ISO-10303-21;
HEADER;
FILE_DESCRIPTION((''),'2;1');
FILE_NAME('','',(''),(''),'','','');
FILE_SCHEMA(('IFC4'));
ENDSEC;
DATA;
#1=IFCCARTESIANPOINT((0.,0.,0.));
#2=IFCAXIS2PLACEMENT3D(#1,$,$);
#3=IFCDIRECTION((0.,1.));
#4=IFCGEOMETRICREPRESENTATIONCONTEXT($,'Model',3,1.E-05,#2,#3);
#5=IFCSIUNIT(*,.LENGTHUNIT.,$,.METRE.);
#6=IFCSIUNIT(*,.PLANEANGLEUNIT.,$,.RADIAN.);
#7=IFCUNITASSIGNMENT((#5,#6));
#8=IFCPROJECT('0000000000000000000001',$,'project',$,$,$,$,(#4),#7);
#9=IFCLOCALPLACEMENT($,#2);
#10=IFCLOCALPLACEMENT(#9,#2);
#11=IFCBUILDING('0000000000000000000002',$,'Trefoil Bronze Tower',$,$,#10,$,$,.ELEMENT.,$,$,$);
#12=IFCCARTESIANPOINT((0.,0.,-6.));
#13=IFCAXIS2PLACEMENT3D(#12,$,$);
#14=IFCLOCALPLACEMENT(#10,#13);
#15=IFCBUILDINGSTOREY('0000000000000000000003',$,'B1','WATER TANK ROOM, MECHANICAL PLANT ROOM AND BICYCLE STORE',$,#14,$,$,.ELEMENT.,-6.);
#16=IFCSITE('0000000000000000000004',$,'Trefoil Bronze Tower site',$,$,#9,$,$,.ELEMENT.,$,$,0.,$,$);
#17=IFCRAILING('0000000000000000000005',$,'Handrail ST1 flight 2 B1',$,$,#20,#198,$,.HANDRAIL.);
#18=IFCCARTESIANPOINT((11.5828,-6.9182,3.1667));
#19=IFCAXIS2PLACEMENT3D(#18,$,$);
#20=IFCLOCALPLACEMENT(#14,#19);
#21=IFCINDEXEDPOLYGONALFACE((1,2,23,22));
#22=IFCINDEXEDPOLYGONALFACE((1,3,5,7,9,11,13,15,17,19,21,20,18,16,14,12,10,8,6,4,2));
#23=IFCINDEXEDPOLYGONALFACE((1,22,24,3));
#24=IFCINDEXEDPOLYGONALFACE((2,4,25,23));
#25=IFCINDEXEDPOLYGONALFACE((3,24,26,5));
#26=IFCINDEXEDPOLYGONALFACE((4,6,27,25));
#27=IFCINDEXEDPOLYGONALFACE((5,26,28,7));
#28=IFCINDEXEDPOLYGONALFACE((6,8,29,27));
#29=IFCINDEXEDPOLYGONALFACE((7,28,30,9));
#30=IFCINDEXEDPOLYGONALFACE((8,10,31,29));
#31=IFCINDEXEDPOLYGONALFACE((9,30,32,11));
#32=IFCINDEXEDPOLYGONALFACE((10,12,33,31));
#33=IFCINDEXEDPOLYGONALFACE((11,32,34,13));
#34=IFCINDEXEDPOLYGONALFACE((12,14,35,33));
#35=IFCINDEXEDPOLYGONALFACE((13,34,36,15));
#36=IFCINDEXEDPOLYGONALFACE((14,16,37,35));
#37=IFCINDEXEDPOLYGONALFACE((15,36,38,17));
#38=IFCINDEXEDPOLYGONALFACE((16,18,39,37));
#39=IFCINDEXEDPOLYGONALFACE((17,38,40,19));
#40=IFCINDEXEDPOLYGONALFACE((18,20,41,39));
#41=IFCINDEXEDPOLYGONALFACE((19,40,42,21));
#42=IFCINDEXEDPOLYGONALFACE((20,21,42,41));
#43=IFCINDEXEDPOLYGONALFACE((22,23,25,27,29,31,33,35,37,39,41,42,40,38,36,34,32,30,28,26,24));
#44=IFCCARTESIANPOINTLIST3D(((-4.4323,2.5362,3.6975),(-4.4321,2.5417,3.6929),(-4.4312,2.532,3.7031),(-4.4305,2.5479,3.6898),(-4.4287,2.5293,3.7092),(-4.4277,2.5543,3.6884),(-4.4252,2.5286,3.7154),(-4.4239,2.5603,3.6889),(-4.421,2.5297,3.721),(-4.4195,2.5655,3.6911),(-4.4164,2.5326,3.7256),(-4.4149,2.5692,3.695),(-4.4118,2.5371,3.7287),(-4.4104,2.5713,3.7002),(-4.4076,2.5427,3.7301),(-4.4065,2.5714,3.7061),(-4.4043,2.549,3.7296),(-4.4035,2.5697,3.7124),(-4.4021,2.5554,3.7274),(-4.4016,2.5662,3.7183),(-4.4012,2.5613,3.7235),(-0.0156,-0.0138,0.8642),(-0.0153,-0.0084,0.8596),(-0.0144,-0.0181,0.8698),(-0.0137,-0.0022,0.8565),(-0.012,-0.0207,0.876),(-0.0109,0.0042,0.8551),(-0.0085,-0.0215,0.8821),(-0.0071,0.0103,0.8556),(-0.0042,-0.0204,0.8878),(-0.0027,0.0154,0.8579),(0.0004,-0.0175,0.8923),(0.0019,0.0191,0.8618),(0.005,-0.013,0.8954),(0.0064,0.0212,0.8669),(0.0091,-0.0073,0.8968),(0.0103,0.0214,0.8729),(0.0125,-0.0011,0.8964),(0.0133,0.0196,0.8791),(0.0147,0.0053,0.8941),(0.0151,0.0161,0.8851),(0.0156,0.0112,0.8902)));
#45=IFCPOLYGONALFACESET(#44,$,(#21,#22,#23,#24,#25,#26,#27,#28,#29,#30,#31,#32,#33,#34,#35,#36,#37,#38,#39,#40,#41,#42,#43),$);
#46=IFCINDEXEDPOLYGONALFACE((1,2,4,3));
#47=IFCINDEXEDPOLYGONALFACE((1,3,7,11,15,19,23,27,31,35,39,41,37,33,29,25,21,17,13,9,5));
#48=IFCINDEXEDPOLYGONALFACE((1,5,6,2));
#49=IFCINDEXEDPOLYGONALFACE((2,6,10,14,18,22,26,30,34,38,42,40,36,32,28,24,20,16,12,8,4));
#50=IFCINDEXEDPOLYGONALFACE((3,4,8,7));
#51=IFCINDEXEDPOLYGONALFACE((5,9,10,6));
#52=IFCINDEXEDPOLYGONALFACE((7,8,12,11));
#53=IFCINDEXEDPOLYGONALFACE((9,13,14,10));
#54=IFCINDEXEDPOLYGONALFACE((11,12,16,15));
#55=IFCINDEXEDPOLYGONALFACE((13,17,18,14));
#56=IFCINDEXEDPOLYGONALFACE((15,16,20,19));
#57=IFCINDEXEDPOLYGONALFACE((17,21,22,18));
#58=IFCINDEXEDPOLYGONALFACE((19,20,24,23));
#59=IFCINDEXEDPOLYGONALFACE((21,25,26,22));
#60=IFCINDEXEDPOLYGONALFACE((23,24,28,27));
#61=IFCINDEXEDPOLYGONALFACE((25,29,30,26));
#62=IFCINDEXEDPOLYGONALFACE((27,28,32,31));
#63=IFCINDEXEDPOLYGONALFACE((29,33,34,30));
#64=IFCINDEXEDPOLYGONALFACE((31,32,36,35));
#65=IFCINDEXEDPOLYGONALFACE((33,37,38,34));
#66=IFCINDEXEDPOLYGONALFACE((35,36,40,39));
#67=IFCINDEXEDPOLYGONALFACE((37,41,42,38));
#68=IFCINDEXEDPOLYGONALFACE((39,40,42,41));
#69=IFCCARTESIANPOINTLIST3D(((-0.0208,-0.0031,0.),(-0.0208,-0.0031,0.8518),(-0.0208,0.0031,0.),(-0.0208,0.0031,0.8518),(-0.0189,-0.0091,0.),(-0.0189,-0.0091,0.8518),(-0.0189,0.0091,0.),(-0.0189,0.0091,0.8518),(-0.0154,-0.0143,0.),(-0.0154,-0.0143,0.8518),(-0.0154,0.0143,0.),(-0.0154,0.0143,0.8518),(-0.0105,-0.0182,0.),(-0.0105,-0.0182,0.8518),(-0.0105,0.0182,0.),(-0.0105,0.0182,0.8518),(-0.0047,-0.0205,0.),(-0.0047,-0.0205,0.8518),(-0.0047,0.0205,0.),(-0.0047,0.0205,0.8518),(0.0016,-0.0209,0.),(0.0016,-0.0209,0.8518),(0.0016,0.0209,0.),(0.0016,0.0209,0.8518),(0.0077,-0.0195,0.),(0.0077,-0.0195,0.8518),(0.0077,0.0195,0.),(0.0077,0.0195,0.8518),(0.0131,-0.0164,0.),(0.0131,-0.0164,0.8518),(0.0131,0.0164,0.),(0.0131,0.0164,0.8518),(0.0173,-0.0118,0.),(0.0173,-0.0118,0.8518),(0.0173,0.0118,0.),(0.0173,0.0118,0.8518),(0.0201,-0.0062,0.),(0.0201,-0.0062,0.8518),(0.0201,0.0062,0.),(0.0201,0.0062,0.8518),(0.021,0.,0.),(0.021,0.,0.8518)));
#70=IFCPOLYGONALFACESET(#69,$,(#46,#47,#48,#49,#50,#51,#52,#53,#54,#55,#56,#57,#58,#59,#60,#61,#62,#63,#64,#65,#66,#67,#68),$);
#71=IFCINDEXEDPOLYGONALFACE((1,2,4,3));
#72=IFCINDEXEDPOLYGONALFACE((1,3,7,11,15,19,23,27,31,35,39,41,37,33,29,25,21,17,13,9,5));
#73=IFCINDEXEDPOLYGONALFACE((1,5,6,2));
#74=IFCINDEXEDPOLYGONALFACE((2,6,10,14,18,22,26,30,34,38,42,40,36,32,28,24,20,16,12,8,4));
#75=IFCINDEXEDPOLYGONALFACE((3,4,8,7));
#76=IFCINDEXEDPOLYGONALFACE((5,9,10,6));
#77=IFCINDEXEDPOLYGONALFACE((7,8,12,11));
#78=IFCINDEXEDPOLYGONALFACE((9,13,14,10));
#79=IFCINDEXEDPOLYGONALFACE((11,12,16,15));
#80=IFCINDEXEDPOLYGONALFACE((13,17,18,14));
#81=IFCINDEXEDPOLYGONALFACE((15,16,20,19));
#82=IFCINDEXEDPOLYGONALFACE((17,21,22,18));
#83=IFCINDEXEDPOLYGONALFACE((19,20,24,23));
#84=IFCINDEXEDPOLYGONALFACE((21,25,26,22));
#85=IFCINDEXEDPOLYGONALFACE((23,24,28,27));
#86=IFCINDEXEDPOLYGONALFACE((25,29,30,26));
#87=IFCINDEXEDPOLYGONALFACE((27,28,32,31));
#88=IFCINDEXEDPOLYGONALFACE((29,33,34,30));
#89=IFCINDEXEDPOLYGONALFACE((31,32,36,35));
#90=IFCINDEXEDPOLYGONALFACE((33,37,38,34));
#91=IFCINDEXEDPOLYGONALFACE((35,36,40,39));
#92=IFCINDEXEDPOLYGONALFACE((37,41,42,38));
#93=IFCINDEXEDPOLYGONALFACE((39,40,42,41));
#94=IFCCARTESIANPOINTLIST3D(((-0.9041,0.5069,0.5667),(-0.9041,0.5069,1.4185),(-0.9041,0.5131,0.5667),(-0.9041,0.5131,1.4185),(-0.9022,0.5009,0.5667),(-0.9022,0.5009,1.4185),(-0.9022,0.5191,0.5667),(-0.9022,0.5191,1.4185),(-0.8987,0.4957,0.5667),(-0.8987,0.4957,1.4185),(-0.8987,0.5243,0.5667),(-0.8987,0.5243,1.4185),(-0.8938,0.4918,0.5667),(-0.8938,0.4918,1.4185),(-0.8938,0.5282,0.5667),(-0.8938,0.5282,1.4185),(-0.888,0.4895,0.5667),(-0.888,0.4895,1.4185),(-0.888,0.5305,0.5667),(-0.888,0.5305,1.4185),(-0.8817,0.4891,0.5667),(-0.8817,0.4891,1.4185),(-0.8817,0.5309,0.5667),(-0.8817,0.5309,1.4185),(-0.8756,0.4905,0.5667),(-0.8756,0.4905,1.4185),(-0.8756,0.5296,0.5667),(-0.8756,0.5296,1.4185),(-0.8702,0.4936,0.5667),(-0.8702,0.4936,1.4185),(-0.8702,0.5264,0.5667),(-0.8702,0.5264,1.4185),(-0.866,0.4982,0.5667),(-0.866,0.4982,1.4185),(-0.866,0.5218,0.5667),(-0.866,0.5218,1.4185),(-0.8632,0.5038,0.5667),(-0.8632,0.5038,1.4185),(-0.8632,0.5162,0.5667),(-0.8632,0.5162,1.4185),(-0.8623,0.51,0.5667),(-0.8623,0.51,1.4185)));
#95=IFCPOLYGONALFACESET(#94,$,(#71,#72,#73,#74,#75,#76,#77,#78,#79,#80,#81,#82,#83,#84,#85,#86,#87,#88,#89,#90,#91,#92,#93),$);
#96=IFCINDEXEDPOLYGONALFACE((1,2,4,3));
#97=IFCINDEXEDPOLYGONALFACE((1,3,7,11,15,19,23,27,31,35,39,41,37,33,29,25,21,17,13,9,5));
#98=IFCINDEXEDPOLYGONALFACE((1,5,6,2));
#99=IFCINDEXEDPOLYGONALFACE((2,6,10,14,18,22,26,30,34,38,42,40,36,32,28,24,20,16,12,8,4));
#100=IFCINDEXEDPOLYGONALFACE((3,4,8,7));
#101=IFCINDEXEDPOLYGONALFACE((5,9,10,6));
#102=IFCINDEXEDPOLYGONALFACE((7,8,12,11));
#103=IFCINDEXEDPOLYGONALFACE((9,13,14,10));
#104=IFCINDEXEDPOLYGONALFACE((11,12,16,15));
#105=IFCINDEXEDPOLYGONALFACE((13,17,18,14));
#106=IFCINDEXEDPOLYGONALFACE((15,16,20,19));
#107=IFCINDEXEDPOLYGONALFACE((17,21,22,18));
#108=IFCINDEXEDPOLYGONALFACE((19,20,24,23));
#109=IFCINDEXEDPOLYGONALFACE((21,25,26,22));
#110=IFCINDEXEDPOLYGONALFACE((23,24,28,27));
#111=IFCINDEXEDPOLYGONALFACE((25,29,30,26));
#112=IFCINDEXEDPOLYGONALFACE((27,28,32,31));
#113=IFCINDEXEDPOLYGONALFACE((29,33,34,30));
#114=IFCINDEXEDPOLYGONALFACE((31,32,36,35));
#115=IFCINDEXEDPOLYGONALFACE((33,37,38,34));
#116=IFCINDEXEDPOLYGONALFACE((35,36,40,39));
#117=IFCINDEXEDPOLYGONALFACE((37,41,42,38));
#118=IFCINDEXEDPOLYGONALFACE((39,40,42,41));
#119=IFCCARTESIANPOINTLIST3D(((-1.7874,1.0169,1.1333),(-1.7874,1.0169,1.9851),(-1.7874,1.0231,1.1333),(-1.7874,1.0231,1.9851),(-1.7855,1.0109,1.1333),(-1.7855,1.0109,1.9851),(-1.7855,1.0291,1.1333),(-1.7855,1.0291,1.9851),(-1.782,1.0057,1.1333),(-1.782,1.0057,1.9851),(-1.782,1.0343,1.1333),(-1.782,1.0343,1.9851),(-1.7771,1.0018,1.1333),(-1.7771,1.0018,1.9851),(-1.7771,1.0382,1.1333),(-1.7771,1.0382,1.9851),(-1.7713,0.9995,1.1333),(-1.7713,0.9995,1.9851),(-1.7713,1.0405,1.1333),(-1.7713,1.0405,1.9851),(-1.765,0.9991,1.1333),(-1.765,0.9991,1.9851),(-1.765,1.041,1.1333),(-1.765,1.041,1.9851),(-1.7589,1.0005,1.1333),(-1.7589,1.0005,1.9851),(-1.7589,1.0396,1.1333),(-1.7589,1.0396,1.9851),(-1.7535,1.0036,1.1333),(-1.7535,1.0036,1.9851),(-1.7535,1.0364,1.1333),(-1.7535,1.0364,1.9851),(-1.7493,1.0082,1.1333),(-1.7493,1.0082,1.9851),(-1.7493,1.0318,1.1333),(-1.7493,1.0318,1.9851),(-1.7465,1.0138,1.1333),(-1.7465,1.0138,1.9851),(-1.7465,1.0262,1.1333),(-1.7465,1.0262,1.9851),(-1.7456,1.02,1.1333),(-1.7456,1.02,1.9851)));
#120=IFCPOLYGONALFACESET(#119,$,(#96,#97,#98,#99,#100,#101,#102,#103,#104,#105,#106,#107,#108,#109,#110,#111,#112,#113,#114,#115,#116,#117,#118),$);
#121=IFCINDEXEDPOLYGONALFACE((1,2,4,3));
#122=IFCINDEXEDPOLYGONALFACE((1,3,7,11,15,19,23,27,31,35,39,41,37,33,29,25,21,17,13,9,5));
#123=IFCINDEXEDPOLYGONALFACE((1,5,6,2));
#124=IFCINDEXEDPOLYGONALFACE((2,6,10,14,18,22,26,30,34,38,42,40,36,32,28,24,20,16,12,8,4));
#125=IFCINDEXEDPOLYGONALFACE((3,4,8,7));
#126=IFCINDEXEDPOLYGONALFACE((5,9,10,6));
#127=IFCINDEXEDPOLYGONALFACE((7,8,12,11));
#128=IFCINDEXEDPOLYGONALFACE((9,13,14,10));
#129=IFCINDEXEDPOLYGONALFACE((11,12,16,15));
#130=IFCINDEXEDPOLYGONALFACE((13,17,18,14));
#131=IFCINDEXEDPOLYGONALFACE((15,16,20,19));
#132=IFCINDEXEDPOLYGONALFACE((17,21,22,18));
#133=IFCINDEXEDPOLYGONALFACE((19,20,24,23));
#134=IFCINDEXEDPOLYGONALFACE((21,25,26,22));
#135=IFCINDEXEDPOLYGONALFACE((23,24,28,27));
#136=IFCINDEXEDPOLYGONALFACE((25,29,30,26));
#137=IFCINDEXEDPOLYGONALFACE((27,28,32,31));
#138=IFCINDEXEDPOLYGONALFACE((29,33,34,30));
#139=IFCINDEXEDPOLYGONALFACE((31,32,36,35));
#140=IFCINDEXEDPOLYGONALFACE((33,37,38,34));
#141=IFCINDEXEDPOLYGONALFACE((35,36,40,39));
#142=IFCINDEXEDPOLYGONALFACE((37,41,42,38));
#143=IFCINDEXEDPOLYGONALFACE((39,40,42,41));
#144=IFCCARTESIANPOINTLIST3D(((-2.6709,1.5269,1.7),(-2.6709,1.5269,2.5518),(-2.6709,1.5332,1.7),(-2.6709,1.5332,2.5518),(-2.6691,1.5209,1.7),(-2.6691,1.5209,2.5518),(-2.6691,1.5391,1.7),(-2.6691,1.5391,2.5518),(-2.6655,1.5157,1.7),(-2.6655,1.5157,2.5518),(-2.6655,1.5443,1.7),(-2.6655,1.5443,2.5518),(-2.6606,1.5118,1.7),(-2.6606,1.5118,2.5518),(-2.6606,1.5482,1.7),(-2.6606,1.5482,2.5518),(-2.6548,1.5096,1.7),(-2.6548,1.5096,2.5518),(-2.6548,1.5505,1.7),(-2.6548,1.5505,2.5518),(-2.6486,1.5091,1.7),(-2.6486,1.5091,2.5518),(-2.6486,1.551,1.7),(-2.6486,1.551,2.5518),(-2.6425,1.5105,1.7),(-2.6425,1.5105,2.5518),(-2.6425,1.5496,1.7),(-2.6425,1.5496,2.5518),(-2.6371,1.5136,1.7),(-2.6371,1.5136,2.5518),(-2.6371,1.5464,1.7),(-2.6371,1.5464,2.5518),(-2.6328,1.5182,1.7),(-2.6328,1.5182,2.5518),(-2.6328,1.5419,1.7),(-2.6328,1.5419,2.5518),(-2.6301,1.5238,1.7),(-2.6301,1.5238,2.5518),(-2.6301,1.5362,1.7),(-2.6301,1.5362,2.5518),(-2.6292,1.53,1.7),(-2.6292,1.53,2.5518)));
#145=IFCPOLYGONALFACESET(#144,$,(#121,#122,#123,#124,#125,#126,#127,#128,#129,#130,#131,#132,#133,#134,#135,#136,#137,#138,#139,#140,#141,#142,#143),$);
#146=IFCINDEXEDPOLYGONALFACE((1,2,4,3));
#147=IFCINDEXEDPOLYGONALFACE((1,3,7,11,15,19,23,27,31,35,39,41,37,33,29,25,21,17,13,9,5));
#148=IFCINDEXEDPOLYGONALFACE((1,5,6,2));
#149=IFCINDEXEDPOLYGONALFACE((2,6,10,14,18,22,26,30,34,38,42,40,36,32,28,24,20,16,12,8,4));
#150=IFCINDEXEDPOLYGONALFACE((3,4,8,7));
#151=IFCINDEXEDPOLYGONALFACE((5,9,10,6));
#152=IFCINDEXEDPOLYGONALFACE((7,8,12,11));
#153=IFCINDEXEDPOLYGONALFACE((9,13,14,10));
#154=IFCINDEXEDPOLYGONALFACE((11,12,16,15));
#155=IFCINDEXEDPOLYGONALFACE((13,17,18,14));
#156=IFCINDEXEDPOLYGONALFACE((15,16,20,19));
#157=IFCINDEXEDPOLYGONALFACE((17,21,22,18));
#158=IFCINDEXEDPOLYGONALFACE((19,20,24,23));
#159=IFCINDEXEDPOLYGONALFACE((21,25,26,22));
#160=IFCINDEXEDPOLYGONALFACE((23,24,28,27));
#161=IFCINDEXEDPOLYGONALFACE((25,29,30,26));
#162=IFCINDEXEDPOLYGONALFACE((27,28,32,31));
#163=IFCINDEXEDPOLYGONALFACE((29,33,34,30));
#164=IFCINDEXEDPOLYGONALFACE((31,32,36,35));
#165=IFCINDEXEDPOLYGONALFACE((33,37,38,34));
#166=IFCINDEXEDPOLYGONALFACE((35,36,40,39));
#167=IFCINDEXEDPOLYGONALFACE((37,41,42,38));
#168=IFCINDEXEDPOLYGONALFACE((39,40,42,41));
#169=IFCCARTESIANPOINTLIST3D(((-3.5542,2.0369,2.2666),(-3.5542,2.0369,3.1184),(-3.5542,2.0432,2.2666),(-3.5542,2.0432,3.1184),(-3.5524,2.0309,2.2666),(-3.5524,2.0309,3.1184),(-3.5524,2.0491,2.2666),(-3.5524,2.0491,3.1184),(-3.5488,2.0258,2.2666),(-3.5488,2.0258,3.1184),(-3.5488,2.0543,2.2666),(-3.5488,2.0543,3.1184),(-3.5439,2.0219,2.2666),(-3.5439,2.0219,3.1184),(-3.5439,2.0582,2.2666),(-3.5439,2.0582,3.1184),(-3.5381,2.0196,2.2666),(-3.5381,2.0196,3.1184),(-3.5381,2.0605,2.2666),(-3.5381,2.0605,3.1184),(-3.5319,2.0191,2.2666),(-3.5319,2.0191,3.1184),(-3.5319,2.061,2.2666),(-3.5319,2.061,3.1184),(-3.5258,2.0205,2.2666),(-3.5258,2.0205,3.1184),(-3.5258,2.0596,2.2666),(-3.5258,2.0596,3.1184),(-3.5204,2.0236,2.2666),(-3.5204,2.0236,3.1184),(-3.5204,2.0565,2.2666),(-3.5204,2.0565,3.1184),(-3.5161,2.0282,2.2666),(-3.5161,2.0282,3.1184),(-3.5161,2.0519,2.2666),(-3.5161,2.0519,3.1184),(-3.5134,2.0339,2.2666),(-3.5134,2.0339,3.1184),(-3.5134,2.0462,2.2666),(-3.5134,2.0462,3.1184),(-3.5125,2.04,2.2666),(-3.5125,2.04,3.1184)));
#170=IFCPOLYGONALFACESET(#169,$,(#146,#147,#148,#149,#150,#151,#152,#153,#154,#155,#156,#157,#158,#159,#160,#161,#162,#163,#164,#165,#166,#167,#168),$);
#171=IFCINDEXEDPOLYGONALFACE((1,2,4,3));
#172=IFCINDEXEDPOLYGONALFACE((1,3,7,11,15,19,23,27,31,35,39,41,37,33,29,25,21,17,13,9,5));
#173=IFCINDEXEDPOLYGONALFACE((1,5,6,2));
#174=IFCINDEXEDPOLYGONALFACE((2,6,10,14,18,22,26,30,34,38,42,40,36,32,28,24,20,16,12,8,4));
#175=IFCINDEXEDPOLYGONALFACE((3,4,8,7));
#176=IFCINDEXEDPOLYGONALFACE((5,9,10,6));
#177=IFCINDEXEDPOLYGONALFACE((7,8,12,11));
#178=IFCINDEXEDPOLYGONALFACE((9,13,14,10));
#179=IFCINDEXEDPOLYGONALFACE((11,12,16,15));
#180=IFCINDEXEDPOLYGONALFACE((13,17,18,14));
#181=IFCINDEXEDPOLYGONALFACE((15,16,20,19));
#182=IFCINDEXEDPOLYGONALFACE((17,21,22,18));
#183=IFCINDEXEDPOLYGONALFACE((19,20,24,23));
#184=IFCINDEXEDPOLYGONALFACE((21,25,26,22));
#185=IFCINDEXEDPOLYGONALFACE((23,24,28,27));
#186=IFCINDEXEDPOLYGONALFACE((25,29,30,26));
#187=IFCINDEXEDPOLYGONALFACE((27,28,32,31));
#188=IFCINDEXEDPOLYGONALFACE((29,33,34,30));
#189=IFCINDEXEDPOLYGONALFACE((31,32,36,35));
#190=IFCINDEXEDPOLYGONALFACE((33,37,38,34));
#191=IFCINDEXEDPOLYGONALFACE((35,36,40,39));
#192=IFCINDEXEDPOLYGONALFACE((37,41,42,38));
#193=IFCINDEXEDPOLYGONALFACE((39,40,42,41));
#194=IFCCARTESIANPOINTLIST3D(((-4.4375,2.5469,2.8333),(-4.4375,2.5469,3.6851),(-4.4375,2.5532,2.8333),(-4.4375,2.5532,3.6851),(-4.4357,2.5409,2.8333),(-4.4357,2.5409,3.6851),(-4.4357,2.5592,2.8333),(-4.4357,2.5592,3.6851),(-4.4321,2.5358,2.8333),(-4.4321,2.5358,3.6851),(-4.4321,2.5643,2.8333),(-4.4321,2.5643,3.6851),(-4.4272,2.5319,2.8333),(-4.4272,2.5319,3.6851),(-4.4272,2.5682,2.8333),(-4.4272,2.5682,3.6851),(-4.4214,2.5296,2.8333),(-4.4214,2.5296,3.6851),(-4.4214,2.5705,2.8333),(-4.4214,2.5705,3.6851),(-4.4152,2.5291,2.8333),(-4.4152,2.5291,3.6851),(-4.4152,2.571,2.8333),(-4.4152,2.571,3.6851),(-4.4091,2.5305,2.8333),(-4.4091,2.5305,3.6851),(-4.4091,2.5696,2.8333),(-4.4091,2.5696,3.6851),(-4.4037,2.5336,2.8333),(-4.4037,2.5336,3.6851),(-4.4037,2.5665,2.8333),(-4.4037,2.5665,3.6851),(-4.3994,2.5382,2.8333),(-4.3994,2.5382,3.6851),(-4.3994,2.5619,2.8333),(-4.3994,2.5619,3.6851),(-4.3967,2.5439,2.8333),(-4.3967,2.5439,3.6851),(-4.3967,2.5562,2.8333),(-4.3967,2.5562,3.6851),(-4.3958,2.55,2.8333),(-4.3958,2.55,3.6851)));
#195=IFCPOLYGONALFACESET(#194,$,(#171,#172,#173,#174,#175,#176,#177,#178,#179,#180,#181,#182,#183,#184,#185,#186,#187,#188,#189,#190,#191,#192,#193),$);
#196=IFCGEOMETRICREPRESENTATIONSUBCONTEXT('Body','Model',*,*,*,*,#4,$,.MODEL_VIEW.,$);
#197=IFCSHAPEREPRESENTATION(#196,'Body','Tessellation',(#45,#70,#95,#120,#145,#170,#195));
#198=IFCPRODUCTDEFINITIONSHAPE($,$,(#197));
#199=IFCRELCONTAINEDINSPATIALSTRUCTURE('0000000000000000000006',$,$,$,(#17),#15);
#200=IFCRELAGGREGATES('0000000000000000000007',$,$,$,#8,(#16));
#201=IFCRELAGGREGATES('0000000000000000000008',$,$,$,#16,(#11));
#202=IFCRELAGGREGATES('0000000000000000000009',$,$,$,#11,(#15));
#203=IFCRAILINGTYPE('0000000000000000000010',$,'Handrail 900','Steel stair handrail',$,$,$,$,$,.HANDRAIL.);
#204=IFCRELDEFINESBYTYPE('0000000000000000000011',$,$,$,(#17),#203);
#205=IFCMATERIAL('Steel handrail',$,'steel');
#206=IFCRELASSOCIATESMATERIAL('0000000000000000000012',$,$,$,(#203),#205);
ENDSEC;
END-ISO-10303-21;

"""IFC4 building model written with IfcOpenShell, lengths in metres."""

from ifc_helpers import new_model, si_unit, direction, frame, origin, origin_2d, place, context, subcontext, project, spatial, circle, extrude, material, type_object, element, save


model = new_model("IFC4")

# Units and contexts
model_context = context("Model", 3, precision=1e-05, world=origin(), true_north=direction((0.0, 1.0)))
body_context = subcontext(model_context, "Body", "Model", "MODEL_VIEW")
ifc_project = project(units=[si_unit("LENGTHUNIT", "METRE"), si_unit("PLANEANGLEUNIT", "RADIAN")], contexts=[model_context])

# Site, building, storey
site_placement = place(None, origin())
site = spatial("IfcSite", under=ifc_project, at=site_placement, Name="Trefoil Bronze Tower site", CompositionType="ELEMENT", RefElevation=0.0)
building_placement = place(site_placement, origin())
building = spatial("IfcBuilding", under=site, at=building_placement, Name="Trefoil Bronze Tower", CompositionType="ELEMENT")
storey_placement = place(building_placement, frame((0.0, 0.0, -6.0)))
storey = spatial("IfcBuildingStorey", under=building, at=storey_placement, Name="B1", Description="WATER TANK ROOM, MECHANICAL PLANT ROOM AND BICYCLE STORE", CompositionType="ELEMENT", Elevation=-6.0)

# Railing
ifc_material_1 = material(Name="Steel handrail", Category="steel")
railing_type = type_object("IfcRailingType", Name="Handrail 900", Description="Steel stair handrail", PredefinedType="HANDRAIL", material=ifc_material_1)
railing_1_placement = place(storey_placement, frame((11.5828, -6.9182, 3.1667)))
element("IfcRailing", 1, at=railing_1_placement, inside=storey, type_object=railing_type, Name="Handrail ST1 flight 2 B1", PredefinedType="HANDRAIL", context=body_context, shape_type="SweptSolid", body=[
    extrude(circle(Radius=0.0239, at=origin_2d()), frame((0.0, 0.0, 0.876), z_axis=(-0.757046, 0.437087, 0.485629), x_axis=(-0.500006, -0.866022, 0.0)), (0.0, 0.0, 1.0), 5.8342),
    extrude(circle(Radius=0.021, at=origin_2d()), origin(), (0.0, 0.0, 1.0), 0.8518),
    extrude(circle(Radius=0.021, at=origin_2d()), frame((-0.8833, 0.51, 0.5667)), (0.0, 0.0, 1.0), 0.8518),
    extrude(circle(Radius=0.021, at=origin_2d()), frame((-1.7666, 1.02, 1.1333)), (0.0, 0.0, 1.0), 0.8518),
    extrude(circle(Radius=0.021, at=origin_2d()), frame((-2.6501, 1.53, 1.7)), (0.0, 0.0, 1.0), 0.8518),
    extrude(circle(Radius=0.021, at=origin_2d()), frame((-3.5334, 2.04, 2.2666)), (0.0, 0.0, 1.0), 0.8518),
    extrude(circle(Radius=0.021, at=origin_2d()), frame((-4.4167, 2.55, 2.8333)), (0.0, 0.0, 1.0), 0.8518),
])

save(model, "model.ifc")
